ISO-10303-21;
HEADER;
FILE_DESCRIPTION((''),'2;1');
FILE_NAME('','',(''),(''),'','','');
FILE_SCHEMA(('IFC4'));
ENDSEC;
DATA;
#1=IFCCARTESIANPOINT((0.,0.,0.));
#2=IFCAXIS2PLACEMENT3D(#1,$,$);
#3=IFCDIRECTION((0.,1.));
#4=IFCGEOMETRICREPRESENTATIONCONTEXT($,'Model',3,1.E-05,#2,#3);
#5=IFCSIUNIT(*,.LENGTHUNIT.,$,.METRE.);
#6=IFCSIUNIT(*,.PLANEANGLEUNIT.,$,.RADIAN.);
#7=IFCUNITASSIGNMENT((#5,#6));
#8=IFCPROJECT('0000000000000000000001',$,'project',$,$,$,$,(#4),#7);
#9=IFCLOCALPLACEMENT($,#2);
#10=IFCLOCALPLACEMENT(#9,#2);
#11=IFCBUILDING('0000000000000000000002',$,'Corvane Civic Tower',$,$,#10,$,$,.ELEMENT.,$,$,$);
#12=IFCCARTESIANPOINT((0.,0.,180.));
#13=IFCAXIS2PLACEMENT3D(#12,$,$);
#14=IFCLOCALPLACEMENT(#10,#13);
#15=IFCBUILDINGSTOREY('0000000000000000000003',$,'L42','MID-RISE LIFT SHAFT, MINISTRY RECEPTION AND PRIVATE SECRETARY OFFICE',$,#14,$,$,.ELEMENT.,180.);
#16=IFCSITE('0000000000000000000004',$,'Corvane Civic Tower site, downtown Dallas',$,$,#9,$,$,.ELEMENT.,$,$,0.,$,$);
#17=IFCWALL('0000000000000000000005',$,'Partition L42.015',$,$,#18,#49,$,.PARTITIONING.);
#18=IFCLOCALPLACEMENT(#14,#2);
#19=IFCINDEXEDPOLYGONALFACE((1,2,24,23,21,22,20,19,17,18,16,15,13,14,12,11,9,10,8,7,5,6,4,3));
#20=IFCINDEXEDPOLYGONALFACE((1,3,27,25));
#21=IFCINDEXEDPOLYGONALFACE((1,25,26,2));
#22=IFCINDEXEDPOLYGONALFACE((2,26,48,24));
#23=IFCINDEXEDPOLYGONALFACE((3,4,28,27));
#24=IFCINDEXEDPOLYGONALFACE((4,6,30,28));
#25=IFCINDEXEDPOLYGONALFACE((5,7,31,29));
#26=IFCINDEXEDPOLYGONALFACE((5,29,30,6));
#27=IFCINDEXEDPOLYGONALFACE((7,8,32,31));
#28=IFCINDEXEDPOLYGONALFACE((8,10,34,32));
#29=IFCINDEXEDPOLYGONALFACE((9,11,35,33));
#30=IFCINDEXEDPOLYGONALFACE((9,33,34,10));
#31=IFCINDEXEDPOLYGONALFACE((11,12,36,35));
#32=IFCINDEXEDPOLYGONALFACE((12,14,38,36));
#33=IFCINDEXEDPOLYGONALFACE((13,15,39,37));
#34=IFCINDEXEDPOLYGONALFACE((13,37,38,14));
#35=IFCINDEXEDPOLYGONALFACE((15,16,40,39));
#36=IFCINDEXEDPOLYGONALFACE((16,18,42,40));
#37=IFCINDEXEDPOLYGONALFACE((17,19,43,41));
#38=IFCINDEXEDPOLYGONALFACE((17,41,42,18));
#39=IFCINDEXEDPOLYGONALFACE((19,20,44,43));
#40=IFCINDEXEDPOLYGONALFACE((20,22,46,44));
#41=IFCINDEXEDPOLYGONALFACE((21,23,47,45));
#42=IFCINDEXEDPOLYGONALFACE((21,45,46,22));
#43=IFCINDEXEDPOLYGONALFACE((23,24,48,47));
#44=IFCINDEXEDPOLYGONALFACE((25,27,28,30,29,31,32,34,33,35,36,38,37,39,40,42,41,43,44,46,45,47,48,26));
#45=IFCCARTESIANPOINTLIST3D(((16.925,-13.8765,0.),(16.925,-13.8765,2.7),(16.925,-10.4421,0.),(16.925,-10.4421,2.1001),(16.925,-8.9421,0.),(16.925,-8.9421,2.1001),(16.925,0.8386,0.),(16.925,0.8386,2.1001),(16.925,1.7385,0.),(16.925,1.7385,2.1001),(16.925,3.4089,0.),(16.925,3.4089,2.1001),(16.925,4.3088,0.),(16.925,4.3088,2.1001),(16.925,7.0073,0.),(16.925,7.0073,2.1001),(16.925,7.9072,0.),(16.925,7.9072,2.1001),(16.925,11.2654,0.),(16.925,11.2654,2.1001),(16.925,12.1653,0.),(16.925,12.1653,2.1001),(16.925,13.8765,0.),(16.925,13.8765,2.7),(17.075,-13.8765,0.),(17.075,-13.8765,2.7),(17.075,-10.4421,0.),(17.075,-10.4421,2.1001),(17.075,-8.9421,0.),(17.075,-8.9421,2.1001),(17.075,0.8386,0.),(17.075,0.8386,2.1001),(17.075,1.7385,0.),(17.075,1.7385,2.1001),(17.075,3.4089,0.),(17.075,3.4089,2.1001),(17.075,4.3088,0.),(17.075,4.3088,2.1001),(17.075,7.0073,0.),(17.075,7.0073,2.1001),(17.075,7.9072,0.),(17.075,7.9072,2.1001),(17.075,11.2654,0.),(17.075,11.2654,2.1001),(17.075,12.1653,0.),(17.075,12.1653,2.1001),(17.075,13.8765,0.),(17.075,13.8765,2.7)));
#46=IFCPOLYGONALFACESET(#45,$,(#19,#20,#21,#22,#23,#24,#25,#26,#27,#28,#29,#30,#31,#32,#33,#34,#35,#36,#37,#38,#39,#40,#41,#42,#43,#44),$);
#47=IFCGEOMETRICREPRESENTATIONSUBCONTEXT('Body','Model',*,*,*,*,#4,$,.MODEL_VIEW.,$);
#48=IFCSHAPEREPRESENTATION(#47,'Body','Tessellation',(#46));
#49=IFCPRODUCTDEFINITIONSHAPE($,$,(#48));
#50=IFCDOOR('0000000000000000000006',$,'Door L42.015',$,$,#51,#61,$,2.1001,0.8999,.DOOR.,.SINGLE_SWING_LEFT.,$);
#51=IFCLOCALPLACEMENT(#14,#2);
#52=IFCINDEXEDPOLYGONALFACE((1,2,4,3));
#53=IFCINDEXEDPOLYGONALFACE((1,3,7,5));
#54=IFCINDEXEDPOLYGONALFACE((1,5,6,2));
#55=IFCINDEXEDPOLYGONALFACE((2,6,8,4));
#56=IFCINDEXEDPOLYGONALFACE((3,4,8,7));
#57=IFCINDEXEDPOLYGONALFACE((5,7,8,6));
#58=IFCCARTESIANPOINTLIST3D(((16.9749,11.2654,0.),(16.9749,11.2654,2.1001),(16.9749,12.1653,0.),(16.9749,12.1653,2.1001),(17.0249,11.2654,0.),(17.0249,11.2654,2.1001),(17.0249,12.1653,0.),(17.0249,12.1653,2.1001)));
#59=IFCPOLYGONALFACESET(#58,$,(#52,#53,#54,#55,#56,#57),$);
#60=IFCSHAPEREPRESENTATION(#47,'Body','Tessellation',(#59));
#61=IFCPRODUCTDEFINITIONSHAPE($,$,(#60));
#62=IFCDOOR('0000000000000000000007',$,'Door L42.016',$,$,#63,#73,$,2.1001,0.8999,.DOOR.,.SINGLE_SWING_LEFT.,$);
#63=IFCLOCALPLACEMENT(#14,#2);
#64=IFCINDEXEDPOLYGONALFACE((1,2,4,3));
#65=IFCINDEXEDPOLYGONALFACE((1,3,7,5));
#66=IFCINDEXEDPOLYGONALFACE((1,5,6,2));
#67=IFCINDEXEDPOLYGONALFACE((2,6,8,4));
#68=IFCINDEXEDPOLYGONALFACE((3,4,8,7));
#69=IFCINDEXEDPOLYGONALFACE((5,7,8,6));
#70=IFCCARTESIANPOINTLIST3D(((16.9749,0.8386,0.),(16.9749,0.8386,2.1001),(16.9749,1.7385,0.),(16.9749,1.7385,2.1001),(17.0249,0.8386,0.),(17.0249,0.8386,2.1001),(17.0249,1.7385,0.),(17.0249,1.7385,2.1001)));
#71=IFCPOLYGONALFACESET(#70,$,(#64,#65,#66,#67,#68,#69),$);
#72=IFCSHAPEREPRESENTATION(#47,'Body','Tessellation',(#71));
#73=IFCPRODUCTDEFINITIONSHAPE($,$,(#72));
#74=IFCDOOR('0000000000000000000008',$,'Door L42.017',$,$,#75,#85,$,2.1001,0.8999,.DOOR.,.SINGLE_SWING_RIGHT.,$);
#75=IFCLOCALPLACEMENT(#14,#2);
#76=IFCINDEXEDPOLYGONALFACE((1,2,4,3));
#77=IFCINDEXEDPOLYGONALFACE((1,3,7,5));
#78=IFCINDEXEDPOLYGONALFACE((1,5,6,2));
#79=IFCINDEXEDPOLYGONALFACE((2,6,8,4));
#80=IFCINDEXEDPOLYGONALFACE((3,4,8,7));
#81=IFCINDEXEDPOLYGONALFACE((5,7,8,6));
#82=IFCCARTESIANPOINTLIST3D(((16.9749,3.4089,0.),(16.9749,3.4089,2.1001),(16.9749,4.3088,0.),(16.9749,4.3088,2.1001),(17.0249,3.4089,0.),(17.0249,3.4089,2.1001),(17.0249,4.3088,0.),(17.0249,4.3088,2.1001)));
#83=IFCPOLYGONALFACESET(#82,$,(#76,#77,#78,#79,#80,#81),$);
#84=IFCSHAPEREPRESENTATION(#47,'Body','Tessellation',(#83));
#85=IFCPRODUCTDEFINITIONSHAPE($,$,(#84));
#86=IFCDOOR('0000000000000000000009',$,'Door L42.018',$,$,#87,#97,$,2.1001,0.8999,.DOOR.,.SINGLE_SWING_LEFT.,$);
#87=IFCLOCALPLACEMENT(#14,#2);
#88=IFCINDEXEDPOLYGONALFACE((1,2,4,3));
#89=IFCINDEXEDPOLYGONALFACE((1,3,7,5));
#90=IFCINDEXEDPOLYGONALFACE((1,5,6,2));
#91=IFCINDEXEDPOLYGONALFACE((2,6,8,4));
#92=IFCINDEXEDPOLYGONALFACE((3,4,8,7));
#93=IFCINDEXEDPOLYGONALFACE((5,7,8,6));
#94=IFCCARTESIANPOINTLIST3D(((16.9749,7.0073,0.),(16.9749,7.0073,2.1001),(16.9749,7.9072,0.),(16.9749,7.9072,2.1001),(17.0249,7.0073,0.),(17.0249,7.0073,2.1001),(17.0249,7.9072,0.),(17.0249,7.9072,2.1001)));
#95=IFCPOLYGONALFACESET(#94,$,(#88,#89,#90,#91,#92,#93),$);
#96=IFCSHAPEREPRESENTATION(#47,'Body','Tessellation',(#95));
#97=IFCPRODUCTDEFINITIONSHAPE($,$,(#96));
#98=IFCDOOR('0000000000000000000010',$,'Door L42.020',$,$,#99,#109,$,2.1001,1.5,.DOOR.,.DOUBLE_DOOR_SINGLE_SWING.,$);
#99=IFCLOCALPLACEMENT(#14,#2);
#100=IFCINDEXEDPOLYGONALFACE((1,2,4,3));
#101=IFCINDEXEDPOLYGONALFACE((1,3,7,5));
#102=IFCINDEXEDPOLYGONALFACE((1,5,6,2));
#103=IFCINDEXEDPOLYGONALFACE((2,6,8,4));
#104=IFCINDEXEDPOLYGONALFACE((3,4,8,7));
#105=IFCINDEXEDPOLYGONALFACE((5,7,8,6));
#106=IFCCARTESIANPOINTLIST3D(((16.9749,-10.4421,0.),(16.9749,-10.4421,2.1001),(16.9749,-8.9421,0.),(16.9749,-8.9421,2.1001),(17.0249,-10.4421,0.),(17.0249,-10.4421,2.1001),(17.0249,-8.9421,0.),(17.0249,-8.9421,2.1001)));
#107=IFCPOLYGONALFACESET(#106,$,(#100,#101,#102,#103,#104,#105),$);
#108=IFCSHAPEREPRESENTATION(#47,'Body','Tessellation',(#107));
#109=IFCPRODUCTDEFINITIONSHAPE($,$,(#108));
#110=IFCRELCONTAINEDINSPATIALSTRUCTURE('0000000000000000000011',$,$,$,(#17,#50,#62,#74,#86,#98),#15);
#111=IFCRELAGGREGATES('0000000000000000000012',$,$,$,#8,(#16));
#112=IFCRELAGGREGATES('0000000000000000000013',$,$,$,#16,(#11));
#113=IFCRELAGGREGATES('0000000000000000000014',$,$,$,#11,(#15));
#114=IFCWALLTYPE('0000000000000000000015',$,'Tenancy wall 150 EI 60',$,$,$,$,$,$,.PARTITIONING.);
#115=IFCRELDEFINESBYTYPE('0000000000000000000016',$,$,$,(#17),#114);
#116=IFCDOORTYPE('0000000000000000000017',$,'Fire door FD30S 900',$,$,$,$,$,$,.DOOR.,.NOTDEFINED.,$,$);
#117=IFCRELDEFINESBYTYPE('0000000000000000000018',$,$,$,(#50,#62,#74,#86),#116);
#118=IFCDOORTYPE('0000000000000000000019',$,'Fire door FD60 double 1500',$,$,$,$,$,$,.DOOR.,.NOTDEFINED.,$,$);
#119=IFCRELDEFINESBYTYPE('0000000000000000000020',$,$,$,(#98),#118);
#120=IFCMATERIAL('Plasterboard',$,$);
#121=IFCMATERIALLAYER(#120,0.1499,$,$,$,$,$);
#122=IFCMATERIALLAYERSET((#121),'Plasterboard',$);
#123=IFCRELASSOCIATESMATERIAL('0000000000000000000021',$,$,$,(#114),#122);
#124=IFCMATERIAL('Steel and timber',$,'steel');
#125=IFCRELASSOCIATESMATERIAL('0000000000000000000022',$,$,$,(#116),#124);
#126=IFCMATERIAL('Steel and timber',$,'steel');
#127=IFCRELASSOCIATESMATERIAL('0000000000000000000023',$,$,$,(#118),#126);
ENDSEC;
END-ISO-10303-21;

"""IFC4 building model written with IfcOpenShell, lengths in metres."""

from ifc_helpers import new_model, si_unit, direction, frame, frame_2d, origin, place, context, subcontext, project, spatial, rectangle, extrude, material, layer, layer_set, type_object, element, fill, save


model = new_model("IFC4")

# Units and contexts
model_context = context("Model", 3, precision=1e-05, world=origin(), true_north=direction((0.0, 1.0)))
body_context = subcontext(model_context, "Body", "Model", "MODEL_VIEW")
ifc_project = project(units=[si_unit("LENGTHUNIT", "METRE"), si_unit("PLANEANGLEUNIT", "RADIAN")], contexts=[model_context])

# Site, building, storey
site_placement = place(None, origin())
site = spatial("IfcSite", under=ifc_project, at=site_placement, Name="Corvane Civic Tower site, downtown Dallas", CompositionType="ELEMENT", RefElevation=0.0)
building_placement = place(site_placement, origin())
building = spatial("IfcBuilding", under=site, at=building_placement, Name="Corvane Civic Tower", CompositionType="ELEMENT")
storey_placement = place(building_placement, frame((0.0, 0.0, 180.0)))
storey = spatial("IfcBuildingStorey", under=building, at=storey_placement, Name="L42", Description="MID-RISE LIFT SHAFT, MINISTRY RECEPTION AND PRIVATE SECRETARY OFFICE", CompositionType="ELEMENT", Elevation=180.0)

# Wall, openings, doors
ifc_material_1 = material(Name="Plasterboard")
ifc_layer_1 = layer(ifc_material_1, 0.1499)
ifc_layer_set_1 = layer_set([ifc_layer_1], Name="Plasterboard")
wall_type_1 = type_object("IfcWallType", Name="Tenancy wall 150 EI 60", PredefinedType="PARTITIONING", material=ifc_layer_set_1)
wall_1_placement = place(storey_placement, frame((17.0, -13.8765, 0.0), z_axis=(0.0, 0.0, 1.0), x_axis=(0.0, 1.0, 0.0)))
wall_1 = element("IfcWall", 1, at=wall_1_placement, inside=storey, type_object=wall_type_1, Name="Partition L42.015", PredefinedType="PARTITIONING", context=body_context, shape_type="SweptSolid", body=[
    extrude(rectangle(XDim=27.7529, YDim=0.1499, at=frame_2d((13.8765, 0.0))), origin(), (0.0, 0.0, 1.0), 2.7),
])
opening_1_placement = place(wall_1_placement, frame((25.1418, 0.0, 0.0)))
opening_1 = element("IfcOpeningElement", 2, at=opening_1_placement, cuts=wall_1, PredefinedType="OPENING", context=body_context, shape_type="SweptSolid", body=[
    extrude(rectangle(XDim=0.8999, YDim=2.1001, at=frame_2d((0.45, 1.05))), frame((0.0, 0.085, 0.0), z_axis=(0.0, -1.0, 0.0), x_axis=(1.0, 0.0, 0.0)), (0.0, 0.0, 1.0), 0.1699),
])
opening_2_placement = place(wall_1_placement, frame((14.7151, 0.0, 0.0)))
opening_2 = element("IfcOpeningElement", 3, at=opening_2_placement, cuts=wall_1, PredefinedType="OPENING", context=body_context, shape_type="SweptSolid", body=[
    extrude(rectangle(XDim=0.8999, YDim=2.1001, at=frame_2d((0.45, 1.05))), frame((0.0, 0.085, 0.0), z_axis=(0.0, -1.0, 0.0), x_axis=(1.0, 0.0, 0.0)), (0.0, 0.0, 1.0), 0.1699),
])
opening_3_placement = place(wall_1_placement, frame((17.2854, 0.0, 0.0)))
opening_3 = element("IfcOpeningElement", 4, at=opening_3_placement, cuts=wall_1, PredefinedType="OPENING", context=body_context, shape_type="SweptSolid", body=[
    extrude(rectangle(XDim=0.8999, YDim=2.1001, at=frame_2d((0.45, 1.05))), frame((0.0, 0.085, 0.0), z_axis=(0.0, -1.0, 0.0), x_axis=(1.0, 0.0, 0.0)), (0.0, 0.0, 1.0), 0.1699),
])
opening_4_placement = place(wall_1_placement, frame((20.8838, 0.0, 0.0)))
opening_4 = element("IfcOpeningElement", 5, at=opening_4_placement, cuts=wall_1, PredefinedType="OPENING", context=body_context, shape_type="SweptSolid", body=[
    extrude(rectangle(XDim=0.8999, YDim=2.1001, at=frame_2d((0.45, 1.05))), frame((0.0, 0.085, 0.0), z_axis=(0.0, -1.0, 0.0), x_axis=(1.0, 0.0, 0.0)), (0.0, 0.0, 1.0), 0.1699),
])
opening_5_placement = place(wall_1_placement, frame((3.4343, 0.0, 0.0)))
opening_5 = element("IfcOpeningElement", 6, at=opening_5_placement, cuts=wall_1, PredefinedType="OPENING", context=body_context, shape_type="SweptSolid", body=[
    extrude(rectangle(XDim=1.5, YDim=2.1001, at=frame_2d((0.75, 1.05))), frame((0.0, 0.085, 0.0), z_axis=(0.0, -1.0, 0.0), x_axis=(1.0, 0.0, 0.0)), (0.0, 0.0, 1.0), 0.1699),
])
ifc_material_2 = material(Name="Steel and timber", Category="steel")
door_type_1 = type_object("IfcDoorType", Name="Fire door FD30S 900", OperationType="NOTDEFINED", PredefinedType="DOOR", material=ifc_material_2)
door_1_placement = place(opening_1_placement, frame((0.8999, 0.0, 0.0), z_axis=(0.0, 0.0, 1.0), x_axis=(-1.0, 0.0, 0.0)))
door_1 = element("IfcDoor", 7, at=door_1_placement, inside=storey, type_object=door_type_1, Name="Door L42.015", OperationType="SINGLE_SWING_LEFT", OverallHeight=2.1001, OverallWidth=0.8999, PredefinedType="DOOR", context=body_context, shape_type="SweptSolid", body=[
    extrude(rectangle(XDim=0.8999, YDim=2.1001, at=frame_2d((0.45, 1.05))), frame((0.0, 0.0249, 0.0), z_axis=(0.0, -1.0, 0.0), x_axis=(1.0, 0.0, 0.0)), (0.0, 0.0, 1.0), 0.05),
])
fill(opening_1, door_1)
door_2_placement = place(opening_2_placement, frame((0.8999, 0.0, 0.0), z_axis=(0.0, 0.0, 1.0), x_axis=(-1.0, 0.0, 0.0)))
door_2 = element("IfcDoor", 8, at=door_2_placement, inside=storey, type_object=door_type_1, Name="Door L42.016", OperationType="SINGLE_SWING_LEFT", OverallHeight=2.1001, OverallWidth=0.8999, PredefinedType="DOOR", context=body_context, shape_type="SweptSolid", body=[
    extrude(rectangle(XDim=0.8999, YDim=2.1001, at=frame_2d((0.45, 1.05))), frame((0.0, 0.0249, 0.0), z_axis=(0.0, -1.0, 0.0), x_axis=(1.0, 0.0, 0.0)), (0.0, 0.0, 1.0), 0.05),
])
fill(opening_2, door_2)
door_3_placement = place(opening_3_placement, frame((0.8999, 0.0, 0.0), z_axis=(0.0, 0.0, 1.0), x_axis=(-1.0, 0.0, 0.0)))
door_3 = element("IfcDoor", 9, at=door_3_placement, inside=storey, type_object=door_type_1, Name="Door L42.017", OperationType="SINGLE_SWING_RIGHT", OverallHeight=2.1001, OverallWidth=0.8999, PredefinedType="DOOR", context=body_context, shape_type="SweptSolid", body=[
    extrude(rectangle(XDim=0.8999, YDim=2.1001, at=frame_2d((0.45, 1.05))), frame((0.0, 0.0249, 0.0), z_axis=(0.0, -1.0, 0.0), x_axis=(1.0, 0.0, 0.0)), (0.0, 0.0, 1.0), 0.05),
])
fill(opening_3, door_3)
door_4_placement = place(opening_4_placement, frame((0.8999, 0.0, 0.0), z_axis=(0.0, 0.0, 1.0), x_axis=(-1.0, 0.0, 0.0)))
door_4 = element("IfcDoor", 10, at=door_4_placement, inside=storey, type_object=door_type_1, Name="Door L42.018", OperationType="SINGLE_SWING_LEFT", OverallHeight=2.1001, OverallWidth=0.8999, PredefinedType="DOOR", context=body_context, shape_type="SweptSolid", body=[
    extrude(rectangle(XDim=0.8999, YDim=2.1001, at=frame_2d((0.45, 1.05))), frame((0.0, 0.0249, 0.0), z_axis=(0.0, -1.0, 0.0), x_axis=(1.0, 0.0, 0.0)), (0.0, 0.0, 1.0), 0.05),
])
fill(opening_4, door_4)
ifc_material_3 = material(Name="Steel and timber", Category="steel")
door_type_2 = type_object("IfcDoorType", Name="Fire door FD60 double 1500", OperationType="NOTDEFINED", PredefinedType="DOOR", material=ifc_material_3)
door_5_placement = place(opening_5_placement, frame((1.5, 0.0, 0.0), z_axis=(0.0, 0.0, 1.0), x_axis=(-1.0, 0.0, 0.0)))
door_5 = element("IfcDoor", 11, at=door_5_placement, inside=storey, type_object=door_type_2, Name="Door L42.020", OperationType="DOUBLE_DOOR_SINGLE_SWING", OverallHeight=2.1001, OverallWidth=1.5, PredefinedType="DOOR", context=body_context, shape_type="SweptSolid", body=[
    extrude(rectangle(XDim=1.5, YDim=2.1001, at=frame_2d((0.75, 1.05))), frame((0.0, 0.0249, 0.0), z_axis=(0.0, -1.0, 0.0), x_axis=(1.0, 0.0, 0.0)), (0.0, 0.0, 1.0), 0.05),
])
fill(opening_5, door_5)

save(model, "model.ifc")
